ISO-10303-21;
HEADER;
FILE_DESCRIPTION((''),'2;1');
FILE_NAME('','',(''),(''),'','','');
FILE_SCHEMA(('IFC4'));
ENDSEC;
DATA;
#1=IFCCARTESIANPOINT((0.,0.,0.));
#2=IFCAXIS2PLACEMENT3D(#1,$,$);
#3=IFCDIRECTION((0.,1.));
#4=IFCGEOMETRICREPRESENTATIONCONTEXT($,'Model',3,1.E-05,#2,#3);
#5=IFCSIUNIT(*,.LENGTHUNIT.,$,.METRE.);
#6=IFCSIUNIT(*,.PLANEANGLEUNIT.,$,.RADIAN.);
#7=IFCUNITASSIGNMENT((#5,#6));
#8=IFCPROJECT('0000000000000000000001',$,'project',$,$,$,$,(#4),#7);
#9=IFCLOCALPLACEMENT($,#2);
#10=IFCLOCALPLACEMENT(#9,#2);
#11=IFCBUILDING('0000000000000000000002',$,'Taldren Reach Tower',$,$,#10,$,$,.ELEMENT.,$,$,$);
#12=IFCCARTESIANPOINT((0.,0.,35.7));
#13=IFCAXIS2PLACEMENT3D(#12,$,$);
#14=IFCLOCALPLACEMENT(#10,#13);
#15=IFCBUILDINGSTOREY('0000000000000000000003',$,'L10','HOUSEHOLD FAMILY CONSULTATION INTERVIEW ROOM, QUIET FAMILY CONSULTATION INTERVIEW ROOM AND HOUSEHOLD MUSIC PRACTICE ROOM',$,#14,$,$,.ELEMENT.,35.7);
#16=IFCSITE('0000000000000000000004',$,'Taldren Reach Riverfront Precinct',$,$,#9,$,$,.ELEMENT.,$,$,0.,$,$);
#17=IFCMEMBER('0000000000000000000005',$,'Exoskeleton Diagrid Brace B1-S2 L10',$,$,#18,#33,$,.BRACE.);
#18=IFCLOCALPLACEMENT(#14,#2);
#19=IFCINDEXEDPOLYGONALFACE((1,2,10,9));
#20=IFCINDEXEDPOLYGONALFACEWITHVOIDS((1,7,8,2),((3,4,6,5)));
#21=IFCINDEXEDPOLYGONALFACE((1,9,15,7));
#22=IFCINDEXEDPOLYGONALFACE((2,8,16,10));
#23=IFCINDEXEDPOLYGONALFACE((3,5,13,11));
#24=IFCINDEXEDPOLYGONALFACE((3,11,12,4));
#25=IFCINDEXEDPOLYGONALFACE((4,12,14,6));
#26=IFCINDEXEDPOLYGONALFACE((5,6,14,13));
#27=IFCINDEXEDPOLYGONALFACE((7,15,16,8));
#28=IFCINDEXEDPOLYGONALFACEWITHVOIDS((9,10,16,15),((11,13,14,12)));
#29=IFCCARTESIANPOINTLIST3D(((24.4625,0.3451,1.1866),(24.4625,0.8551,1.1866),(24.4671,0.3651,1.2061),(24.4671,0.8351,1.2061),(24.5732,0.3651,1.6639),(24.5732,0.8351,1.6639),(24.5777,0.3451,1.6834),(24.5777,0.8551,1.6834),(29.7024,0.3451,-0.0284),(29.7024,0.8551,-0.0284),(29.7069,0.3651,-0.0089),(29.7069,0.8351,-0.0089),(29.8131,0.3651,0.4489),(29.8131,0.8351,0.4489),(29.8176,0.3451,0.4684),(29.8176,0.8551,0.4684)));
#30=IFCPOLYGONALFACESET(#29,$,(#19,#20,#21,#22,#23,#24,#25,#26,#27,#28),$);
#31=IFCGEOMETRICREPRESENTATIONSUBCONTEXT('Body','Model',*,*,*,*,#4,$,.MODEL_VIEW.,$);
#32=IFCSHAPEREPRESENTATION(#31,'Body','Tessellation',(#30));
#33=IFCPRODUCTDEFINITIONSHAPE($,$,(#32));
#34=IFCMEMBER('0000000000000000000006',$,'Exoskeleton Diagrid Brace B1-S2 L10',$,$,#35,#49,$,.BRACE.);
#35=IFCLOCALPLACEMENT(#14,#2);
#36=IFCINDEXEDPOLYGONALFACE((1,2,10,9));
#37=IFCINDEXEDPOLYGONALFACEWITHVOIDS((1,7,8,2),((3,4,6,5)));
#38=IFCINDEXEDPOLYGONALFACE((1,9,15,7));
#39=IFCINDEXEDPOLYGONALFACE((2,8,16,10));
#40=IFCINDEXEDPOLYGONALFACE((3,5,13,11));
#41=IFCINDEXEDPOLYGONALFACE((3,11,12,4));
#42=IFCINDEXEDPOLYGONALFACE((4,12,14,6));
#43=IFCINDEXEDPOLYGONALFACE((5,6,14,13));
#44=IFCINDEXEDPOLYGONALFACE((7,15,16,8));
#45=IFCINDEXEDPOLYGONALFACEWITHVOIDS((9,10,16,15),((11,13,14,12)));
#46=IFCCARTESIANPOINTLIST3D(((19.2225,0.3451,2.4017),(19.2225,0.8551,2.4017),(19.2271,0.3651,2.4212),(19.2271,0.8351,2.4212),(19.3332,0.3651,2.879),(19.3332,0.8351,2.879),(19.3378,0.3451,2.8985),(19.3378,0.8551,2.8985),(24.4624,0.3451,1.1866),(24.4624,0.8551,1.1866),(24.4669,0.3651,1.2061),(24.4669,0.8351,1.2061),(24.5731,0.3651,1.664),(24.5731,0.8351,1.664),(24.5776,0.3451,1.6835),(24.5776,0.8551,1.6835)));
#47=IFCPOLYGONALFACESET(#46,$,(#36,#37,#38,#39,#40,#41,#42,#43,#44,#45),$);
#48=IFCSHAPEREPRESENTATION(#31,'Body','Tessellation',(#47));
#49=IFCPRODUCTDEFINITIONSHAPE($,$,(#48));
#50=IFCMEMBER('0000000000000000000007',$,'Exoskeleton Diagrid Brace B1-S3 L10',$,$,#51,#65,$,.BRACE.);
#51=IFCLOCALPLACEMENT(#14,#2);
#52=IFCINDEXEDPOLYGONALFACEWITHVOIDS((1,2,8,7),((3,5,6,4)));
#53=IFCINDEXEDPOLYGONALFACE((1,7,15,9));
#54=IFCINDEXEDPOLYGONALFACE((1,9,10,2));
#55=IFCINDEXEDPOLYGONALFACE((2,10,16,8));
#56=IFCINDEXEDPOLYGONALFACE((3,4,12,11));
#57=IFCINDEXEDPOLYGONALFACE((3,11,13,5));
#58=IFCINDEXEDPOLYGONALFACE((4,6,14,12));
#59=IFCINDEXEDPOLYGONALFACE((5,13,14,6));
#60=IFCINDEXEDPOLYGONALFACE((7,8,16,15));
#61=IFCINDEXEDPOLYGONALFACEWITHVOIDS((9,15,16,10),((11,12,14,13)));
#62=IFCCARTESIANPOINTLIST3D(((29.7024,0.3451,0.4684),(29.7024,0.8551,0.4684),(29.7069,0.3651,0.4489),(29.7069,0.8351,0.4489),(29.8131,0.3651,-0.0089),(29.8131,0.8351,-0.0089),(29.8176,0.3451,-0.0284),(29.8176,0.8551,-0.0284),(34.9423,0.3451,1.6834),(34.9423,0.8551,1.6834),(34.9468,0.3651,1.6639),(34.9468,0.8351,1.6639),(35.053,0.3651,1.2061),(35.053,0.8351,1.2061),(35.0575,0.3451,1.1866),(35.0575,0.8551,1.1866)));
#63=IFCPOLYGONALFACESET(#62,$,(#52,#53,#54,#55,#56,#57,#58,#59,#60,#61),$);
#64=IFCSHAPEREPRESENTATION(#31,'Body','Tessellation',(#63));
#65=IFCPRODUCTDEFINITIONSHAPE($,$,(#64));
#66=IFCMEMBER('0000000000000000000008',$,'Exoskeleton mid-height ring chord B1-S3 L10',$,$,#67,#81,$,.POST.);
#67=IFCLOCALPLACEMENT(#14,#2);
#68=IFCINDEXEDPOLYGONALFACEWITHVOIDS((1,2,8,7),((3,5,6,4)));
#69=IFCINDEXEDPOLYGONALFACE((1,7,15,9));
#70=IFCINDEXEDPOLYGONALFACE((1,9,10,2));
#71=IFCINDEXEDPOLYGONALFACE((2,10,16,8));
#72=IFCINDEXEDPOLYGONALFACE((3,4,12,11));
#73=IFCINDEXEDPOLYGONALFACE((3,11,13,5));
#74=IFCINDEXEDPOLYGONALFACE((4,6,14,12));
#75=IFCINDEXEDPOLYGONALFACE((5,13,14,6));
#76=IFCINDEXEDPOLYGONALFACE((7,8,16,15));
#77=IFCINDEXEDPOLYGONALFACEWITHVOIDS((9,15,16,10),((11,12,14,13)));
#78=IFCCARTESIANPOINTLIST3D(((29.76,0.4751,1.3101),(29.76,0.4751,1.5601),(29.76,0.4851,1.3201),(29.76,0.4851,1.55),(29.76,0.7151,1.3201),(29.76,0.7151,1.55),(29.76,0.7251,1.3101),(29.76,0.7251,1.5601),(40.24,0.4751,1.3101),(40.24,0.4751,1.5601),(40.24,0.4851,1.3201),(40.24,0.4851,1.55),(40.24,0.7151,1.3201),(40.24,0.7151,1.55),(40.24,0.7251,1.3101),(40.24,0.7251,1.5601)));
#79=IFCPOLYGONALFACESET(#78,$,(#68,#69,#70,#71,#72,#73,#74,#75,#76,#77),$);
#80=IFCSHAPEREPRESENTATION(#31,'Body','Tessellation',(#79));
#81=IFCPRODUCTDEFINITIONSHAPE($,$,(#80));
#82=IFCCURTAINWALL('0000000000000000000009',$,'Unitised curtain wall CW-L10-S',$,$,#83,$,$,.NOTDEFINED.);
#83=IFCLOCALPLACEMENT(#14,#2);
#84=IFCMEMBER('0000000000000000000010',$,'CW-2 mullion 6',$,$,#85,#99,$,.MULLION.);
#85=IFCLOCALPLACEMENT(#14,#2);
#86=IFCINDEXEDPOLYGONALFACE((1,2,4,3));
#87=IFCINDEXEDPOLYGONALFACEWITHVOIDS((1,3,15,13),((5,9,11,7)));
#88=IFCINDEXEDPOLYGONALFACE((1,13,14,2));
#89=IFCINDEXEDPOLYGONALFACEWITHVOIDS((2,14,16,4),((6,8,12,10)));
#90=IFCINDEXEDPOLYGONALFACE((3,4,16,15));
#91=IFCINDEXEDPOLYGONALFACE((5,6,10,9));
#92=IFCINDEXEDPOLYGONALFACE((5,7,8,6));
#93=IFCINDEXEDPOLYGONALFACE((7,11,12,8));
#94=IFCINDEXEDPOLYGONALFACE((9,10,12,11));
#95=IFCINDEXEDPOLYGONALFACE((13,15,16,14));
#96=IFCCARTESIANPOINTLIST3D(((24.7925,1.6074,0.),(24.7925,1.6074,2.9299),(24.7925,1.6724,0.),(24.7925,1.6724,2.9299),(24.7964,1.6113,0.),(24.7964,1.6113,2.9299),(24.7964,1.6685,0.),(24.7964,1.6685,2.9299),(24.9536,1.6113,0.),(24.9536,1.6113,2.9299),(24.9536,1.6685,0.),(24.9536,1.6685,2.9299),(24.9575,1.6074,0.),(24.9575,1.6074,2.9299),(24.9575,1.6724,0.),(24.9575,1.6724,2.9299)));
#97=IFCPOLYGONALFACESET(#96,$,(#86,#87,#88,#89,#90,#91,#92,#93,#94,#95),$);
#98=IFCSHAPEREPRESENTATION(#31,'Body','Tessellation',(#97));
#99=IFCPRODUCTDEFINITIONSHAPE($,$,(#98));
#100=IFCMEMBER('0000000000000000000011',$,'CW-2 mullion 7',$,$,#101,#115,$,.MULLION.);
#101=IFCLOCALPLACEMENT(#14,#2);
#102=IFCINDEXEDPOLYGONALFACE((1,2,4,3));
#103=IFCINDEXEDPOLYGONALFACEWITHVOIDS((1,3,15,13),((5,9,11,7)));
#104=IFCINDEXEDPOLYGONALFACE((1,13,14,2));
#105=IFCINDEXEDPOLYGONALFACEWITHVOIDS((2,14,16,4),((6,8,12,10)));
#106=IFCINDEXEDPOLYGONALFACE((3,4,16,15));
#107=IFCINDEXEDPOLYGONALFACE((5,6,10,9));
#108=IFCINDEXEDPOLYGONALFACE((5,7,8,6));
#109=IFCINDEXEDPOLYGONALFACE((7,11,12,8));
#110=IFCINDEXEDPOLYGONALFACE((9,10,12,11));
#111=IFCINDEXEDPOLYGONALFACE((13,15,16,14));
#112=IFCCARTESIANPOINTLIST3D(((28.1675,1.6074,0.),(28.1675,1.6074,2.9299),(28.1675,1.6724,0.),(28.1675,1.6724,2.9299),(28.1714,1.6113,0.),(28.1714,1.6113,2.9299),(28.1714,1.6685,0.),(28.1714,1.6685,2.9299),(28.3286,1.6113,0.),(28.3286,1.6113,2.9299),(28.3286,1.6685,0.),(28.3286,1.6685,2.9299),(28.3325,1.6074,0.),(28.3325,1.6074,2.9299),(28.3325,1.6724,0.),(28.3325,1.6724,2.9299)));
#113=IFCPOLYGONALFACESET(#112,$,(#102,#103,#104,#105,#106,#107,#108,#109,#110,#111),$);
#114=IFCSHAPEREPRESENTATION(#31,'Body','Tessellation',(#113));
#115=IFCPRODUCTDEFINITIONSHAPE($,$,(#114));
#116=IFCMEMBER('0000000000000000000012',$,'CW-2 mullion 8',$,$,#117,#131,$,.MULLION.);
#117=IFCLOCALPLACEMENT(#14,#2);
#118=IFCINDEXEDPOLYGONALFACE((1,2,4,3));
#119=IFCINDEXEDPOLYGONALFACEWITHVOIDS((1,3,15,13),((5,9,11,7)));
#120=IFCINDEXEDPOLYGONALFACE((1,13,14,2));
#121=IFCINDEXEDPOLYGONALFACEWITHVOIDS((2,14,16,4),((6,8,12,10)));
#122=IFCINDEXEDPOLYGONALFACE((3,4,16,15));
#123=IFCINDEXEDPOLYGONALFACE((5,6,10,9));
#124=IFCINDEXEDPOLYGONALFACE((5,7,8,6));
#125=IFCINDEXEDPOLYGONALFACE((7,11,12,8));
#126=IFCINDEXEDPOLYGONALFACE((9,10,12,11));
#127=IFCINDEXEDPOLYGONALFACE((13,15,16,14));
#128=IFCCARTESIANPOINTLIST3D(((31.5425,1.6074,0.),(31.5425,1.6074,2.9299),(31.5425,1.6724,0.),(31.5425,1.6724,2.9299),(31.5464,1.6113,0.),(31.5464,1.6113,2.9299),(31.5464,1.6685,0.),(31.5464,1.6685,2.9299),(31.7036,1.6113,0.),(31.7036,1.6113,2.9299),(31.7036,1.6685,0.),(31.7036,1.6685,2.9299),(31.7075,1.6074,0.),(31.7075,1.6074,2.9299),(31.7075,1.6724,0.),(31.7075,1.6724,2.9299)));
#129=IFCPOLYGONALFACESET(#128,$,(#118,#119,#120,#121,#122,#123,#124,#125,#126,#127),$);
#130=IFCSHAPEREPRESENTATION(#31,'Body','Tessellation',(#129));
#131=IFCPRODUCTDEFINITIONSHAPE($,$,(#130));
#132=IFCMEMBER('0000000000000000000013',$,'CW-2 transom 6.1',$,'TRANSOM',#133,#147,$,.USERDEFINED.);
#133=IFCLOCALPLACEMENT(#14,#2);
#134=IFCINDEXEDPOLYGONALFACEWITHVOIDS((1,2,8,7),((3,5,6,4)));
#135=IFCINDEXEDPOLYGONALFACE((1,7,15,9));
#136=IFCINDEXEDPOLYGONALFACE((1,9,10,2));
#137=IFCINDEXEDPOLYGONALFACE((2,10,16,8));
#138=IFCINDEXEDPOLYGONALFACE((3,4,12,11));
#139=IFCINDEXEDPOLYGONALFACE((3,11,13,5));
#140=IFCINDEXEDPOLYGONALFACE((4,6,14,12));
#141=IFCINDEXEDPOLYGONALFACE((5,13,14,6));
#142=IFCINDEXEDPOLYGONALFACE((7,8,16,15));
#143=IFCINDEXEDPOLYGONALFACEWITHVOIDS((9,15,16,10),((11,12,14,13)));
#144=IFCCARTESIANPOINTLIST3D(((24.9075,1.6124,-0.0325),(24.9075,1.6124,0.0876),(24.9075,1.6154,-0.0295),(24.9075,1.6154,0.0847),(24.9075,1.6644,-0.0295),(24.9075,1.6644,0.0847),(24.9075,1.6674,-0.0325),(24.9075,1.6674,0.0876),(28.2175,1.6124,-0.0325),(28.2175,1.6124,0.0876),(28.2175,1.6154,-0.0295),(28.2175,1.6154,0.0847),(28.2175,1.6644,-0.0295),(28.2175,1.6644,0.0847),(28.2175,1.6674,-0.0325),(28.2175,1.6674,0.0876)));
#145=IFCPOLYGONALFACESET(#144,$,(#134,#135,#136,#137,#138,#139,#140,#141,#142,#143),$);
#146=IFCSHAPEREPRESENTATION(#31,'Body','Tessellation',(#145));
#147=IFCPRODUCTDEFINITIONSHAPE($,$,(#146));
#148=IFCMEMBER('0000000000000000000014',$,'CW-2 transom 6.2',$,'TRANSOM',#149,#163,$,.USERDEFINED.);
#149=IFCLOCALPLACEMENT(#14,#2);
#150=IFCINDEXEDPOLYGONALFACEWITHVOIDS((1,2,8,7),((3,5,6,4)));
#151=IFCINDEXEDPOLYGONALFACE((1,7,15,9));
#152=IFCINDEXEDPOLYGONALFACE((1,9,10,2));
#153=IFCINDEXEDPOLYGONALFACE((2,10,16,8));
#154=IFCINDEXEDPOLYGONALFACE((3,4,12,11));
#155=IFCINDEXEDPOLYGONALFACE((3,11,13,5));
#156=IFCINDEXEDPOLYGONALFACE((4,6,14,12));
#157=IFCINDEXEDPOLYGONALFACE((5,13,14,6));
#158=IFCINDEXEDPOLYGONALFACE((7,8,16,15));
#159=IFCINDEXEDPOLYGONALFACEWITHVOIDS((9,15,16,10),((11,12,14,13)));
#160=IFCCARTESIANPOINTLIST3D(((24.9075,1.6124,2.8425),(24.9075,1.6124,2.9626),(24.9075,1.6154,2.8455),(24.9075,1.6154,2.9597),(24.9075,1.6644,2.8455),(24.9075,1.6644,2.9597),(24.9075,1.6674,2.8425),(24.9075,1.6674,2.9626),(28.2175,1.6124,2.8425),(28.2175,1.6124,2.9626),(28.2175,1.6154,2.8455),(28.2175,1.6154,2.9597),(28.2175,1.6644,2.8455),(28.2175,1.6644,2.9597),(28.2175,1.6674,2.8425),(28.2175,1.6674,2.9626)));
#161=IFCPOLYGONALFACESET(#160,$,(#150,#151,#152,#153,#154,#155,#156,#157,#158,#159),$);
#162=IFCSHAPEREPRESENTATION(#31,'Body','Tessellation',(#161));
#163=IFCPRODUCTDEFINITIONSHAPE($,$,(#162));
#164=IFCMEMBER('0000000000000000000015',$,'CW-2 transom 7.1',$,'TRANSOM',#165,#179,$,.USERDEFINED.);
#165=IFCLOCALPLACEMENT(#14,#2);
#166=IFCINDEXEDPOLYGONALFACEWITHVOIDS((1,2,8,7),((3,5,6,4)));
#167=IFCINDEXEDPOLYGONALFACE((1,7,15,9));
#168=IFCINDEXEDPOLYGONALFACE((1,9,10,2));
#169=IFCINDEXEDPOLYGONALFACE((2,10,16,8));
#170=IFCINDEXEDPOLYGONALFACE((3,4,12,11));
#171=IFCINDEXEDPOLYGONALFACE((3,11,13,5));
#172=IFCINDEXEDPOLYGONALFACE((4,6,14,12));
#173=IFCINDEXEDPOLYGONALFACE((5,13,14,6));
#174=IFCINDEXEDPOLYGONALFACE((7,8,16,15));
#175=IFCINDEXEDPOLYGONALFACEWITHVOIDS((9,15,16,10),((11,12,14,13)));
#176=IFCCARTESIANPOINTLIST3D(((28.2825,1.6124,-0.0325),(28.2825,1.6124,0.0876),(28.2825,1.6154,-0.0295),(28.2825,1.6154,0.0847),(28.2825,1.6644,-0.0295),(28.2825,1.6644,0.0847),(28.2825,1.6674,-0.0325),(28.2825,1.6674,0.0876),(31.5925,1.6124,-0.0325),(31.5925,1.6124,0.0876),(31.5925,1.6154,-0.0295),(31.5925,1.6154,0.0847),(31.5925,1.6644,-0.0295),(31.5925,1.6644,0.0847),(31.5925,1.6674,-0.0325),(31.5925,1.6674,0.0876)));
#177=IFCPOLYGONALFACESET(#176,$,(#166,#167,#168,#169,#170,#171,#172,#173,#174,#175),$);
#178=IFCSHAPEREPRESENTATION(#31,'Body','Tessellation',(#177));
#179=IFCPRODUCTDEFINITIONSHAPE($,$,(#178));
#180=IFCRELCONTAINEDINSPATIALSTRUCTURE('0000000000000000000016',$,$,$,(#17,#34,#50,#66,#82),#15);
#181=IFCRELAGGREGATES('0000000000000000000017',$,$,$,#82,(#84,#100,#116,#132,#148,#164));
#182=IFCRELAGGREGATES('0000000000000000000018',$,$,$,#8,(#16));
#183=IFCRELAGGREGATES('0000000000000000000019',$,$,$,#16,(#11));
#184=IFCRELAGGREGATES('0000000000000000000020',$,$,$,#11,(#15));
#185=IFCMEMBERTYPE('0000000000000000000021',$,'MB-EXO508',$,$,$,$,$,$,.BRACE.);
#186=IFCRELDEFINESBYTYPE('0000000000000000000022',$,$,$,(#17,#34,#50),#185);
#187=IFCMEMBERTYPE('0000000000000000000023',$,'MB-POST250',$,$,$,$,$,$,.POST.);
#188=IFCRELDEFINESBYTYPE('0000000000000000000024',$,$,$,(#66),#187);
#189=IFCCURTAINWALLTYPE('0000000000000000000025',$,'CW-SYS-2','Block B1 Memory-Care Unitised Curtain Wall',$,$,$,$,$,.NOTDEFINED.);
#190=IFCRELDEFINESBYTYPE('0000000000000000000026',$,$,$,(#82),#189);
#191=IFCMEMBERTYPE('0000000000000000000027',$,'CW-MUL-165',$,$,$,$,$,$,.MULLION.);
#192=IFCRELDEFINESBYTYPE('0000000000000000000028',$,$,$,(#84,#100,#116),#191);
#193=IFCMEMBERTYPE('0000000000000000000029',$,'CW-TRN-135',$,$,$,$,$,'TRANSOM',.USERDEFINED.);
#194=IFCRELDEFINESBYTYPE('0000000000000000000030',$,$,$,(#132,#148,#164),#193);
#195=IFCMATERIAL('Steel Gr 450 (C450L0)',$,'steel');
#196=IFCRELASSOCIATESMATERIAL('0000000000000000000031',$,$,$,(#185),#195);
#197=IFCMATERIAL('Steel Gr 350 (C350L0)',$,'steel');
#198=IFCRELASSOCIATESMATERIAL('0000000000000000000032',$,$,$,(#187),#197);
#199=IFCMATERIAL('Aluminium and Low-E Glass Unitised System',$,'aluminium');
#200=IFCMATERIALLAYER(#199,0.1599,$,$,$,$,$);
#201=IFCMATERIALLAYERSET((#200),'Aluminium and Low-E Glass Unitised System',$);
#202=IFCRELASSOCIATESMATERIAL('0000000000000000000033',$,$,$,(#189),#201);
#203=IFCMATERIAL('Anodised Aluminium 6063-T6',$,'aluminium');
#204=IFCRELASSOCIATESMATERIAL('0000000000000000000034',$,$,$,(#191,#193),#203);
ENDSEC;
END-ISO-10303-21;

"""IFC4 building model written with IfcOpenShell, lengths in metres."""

from ifc_helpers import new_model, si_unit, direction, frame, origin, origin_2d, place, context, subcontext, project, spatial, hollow_rectangle, extrude, source, transform, mapped, material, layer, layer_set, material_profile, profile_set, type_object, element, aggregate, save


model = new_model("IFC4")

# Units and contexts
model_context = context("Model", 3, precision=1e-05, world=origin(), true_north=direction((0.0, 1.0)))
body_context = subcontext(model_context, "Body", "Model", "MODEL_VIEW")
ifc_project = project(units=[si_unit("LENGTHUNIT", "METRE"), si_unit("PLANEANGLEUNIT", "RADIAN")], contexts=[model_context])

# Site, building, storey
site_placement = place(None, origin())
site = spatial("IfcSite", under=ifc_project, at=site_placement, Name="Taldren Reach Riverfront Precinct", CompositionType="ELEMENT", RefElevation=0.0)
building_placement = place(site_placement, origin())
building = spatial("IfcBuilding", under=site, at=building_placement, Name="Taldren Reach Tower", CompositionType="ELEMENT")
storey_placement = place(building_placement, frame((0.0, 0.0, 35.7)))
storey = spatial("IfcBuildingStorey", under=building, at=storey_placement, Name="L10", Description="HOUSEHOLD FAMILY CONSULTATION INTERVIEW ROOM, QUIET FAMILY CONSULTATION INTERVIEW ROOM AND HOUSEHOLD MUSIC PRACTICE ROOM", CompositionType="ELEMENT", Elevation=35.7)

# Members
ifc_material_1 = material(Name="Steel Gr 450 (C450L0)", Category="steel")
ifc_material_profile_1 = material_profile(ifc_material_1, hollow_rectangle(XDim=0.51, YDim=0.51, WallThickness=0.02, at=origin_2d()), Name="510x510x20.0SHS")
ifc_profile_set_1 = profile_set([ifc_material_profile_1], Name="Steel Gr 450 (C450L0)")
member_type_1 = type_object("IfcMemberType", Name="MB-EXO508", PredefinedType="BRACE", material=ifc_profile_set_1)
shared_shape_1 = source(origin(), body_context, "Body", "SweptSolid", [
    extrude(hollow_rectangle(XDim=0.51, YDim=0.51, WallThickness=0.02, at=origin_2d()), origin(), (0.0, 0.0, 1.0), 5.3789),
])
for number, where, z_axis, x_axis, name in (
    (1, (29.76, 0.6001, 0.22), (-0.974152, 0.0, 0.225894), (0.0, -1.0, 0.0), "Exoskeleton Diagrid Brace B1-S2 L10"),
    (2, (24.52, 0.6001, 1.4351), (-0.974152, 0.0, 0.225894), (0.0, -1.0, 0.0), "Exoskeleton Diagrid Brace B1-S2 L10"),
    (3, (29.76, 0.6001, 0.22), (0.974152, 0.0, 0.225894), (0.0, 1.0, 0.0), "Exoskeleton Diagrid Brace B1-S3 L10"),
):
    element("IfcMember", number, at=place(storey_placement, frame(where, z_axis=z_axis, x_axis=x_axis)), inside=storey, type_object=member_type_1, Name=name, PredefinedType="BRACE", context=body_context, shape_type="MappedRepresentation", body=[
        mapped(shared_shape_1, transform((0.0, 0.0, 0.0), scale=1.0)),
    ])
ifc_material_2 = material(Name="Steel Gr 350 (C350L0)", Category="steel")
ifc_material_profile_2 = material_profile(ifc_material_2, hollow_rectangle(XDim=0.25, YDim=0.25, WallThickness=0.01, at=origin_2d()), Name="250x250x10.0SHS")
ifc_profile_set_2 = profile_set([ifc_material_profile_2], Name="Steel Gr 350 (C350L0)")
member_type_2 = type_object("IfcMemberType", Name="MB-POST250", PredefinedType="POST", material=ifc_profile_set_2)
shared_shape_2 = source(origin(), body_context, "Body", "SweptSolid", [
    extrude(hollow_rectangle(XDim=0.25, YDim=0.25, WallThickness=0.01, at=origin_2d()), origin(), (0.0, 0.0, 1.0), 10.48),
])
member_1_placement = place(storey_placement, frame((29.76, 0.6001, 1.4351), z_axis=(1.0, 0.0, 0.0), x_axis=(0.0, 1.0, 0.0)))
element("IfcMember", 4, at=member_1_placement, inside=storey, type_object=member_type_2, Name="Exoskeleton mid-height ring chord B1-S3 L10", PredefinedType="POST", context=body_context, shape_type="MappedRepresentation", body=[
    mapped(shared_shape_2, transform((0.0, 0.0, 0.0), scale=1.0)),
])

# Curtain wall, members
ifc_material_3 = material(Name="Aluminium and Low-E Glass Unitised System", Category="aluminium")
ifc_layer_1 = layer(ifc_material_3, 0.1599)
ifc_layer_set_1 = layer_set([ifc_layer_1], Name="Aluminium and Low-E Glass Unitised System")
curtain_wall_type = type_object("IfcCurtainWallType", Name="CW-SYS-2", Description="Block B1 Memory-Care Unitised Curtain Wall", PredefinedType="NOTDEFINED", material=ifc_layer_set_1)
curtain_wall_placement = place(storey_placement, origin())
curtain_wall = element("IfcCurtainWall", 5, at=curtain_wall_placement, inside=storey, type_object=curtain_wall_type, Name="Unitised curtain wall CW-L10-S", PredefinedType="NOTDEFINED")
ifc_material_4 = material(Name="Anodised Aluminium 6063-T6", Category="aluminium")
ifc_material_profile_3 = material_profile(ifc_material_4, hollow_rectangle(XDim=0.0649, YDim=0.165, WallThickness=0.0039, at=origin_2d()), Name="ALU-165x65x4RHS")
ifc_profile_set_3 = profile_set([ifc_material_profile_3], Name="Anodised Aluminium 6063-T6")
member_type_3 = type_object("IfcMemberType", Name="CW-MUL-165", PredefinedType="MULLION", material=ifc_profile_set_3)
shared_shape_3 = source(origin(), body_context, "Body", "SweptSolid", [
    extrude(hollow_rectangle(XDim=0.0649, YDim=0.165, WallThickness=0.0039, at=origin_2d()), origin(), (0.0, 0.0, 1.0), 2.9299),
])
member_2_placement = place(storey_placement, frame((24.875, 1.6399, 0.0), z_axis=(0.0, 0.0, 1.0), x_axis=(0.0, 1.0, 0.0)))
member_2 = element("IfcMember", 6, at=member_2_placement, type_object=member_type_3, Name="CW-2 mullion 6", PredefinedType="MULLION", context=body_context, shape_type="MappedRepresentation", body=[
    mapped(shared_shape_3, transform((0.0, 0.0, 0.0), scale=1.0)),
])
member_3_placement = place(storey_placement, frame((28.25, 1.6399, 0.0), z_axis=(0.0, 0.0, 1.0), x_axis=(0.0, 1.0, 0.0)))
member_3 = element("IfcMember", 7, at=member_3_placement, type_object=member_type_3, Name="CW-2 mullion 7", PredefinedType="MULLION", context=body_context, shape_type="MappedRepresentation", body=[
    mapped(shared_shape_3, transform((0.0, 0.0, 0.0), scale=1.0)),
])
member_4_placement = place(storey_placement, frame((31.625, 1.6399, 0.0), z_axis=(0.0, 0.0, 1.0), x_axis=(0.0, 1.0, 0.0)))
member_4 = element("IfcMember", 8, at=member_4_placement, type_object=member_type_3, Name="CW-2 mullion 8", PredefinedType="MULLION", context=body_context, shape_type="MappedRepresentation", body=[
    mapped(shared_shape_3, transform((0.0, 0.0, 0.0), scale=1.0)),
])
ifc_material_profile_4 = material_profile(ifc_material_4, hollow_rectangle(XDim=0.0549, YDim=0.1201, WallThickness=0.0029, at=origin_2d()), Name="ALU-120x55x3RHS")
ifc_profile_set_4 = profile_set([ifc_material_profile_4], Name="Anodised Aluminium 6063-T6")
member_type_4 = type_object("IfcMemberType", Name="CW-TRN-135", ElementType="TRANSOM", PredefinedType="USERDEFINED", material=ifc_profile_set_4)
shared_shape_4 = source(origin(), body_context, "Body", "SweptSolid", [
    extrude(hollow_rectangle(XDim=0.0549, YDim=0.1201, WallThickness=0.0029, at=origin_2d()), origin(), (0.0, 0.0, 1.0), 3.3101),
])
member_5_placement = place(storey_placement, frame((24.9075, 1.6399, 0.0276), z_axis=(1.0, 0.0, 0.0), x_axis=(0.0, 1.0, 0.0)))
member_5 = element("IfcMember", 9, at=member_5_placement, type_object=member_type_4, Name="CW-2 transom 6.1", ObjectType="TRANSOM", PredefinedType="USERDEFINED", context=body_context, shape_type="MappedRepresentation", body=[
    mapped(shared_shape_4, transform((0.0, 0.0, 0.0), scale=1.0)),
])
member_6_placement = place(storey_placement, frame((24.9075, 1.6399, 2.9026), z_axis=(1.0, 0.0, 0.0), x_axis=(0.0, 1.0, 0.0)))
member_6 = element("IfcMember", 10, at=member_6_placement, type_object=member_type_4, Name="CW-2 transom 6.2", ObjectType="TRANSOM", PredefinedType="USERDEFINED", context=body_context, shape_type="MappedRepresentation", body=[
    mapped(shared_shape_4, transform((0.0, 0.0, 0.0), scale=1.0)),
])
member_7_placement = place(storey_placement, frame((28.2825, 1.6399, 0.0276), z_axis=(1.0, 0.0, 0.0), x_axis=(0.0, 1.0, 0.0)))
member_7 = element("IfcMember", 11, at=member_7_placement, type_object=member_type_4, Name="CW-2 transom 7.1", ObjectType="TRANSOM", PredefinedType="USERDEFINED", context=body_context, shape_type="MappedRepresentation", body=[
    mapped(shared_shape_4, transform((0.0, 0.0, 0.0), scale=1.0)),
])

aggregate(curtain_wall, [member_2, member_3, member_4, member_5, member_6, member_7])

save(model, "model.ifc")
